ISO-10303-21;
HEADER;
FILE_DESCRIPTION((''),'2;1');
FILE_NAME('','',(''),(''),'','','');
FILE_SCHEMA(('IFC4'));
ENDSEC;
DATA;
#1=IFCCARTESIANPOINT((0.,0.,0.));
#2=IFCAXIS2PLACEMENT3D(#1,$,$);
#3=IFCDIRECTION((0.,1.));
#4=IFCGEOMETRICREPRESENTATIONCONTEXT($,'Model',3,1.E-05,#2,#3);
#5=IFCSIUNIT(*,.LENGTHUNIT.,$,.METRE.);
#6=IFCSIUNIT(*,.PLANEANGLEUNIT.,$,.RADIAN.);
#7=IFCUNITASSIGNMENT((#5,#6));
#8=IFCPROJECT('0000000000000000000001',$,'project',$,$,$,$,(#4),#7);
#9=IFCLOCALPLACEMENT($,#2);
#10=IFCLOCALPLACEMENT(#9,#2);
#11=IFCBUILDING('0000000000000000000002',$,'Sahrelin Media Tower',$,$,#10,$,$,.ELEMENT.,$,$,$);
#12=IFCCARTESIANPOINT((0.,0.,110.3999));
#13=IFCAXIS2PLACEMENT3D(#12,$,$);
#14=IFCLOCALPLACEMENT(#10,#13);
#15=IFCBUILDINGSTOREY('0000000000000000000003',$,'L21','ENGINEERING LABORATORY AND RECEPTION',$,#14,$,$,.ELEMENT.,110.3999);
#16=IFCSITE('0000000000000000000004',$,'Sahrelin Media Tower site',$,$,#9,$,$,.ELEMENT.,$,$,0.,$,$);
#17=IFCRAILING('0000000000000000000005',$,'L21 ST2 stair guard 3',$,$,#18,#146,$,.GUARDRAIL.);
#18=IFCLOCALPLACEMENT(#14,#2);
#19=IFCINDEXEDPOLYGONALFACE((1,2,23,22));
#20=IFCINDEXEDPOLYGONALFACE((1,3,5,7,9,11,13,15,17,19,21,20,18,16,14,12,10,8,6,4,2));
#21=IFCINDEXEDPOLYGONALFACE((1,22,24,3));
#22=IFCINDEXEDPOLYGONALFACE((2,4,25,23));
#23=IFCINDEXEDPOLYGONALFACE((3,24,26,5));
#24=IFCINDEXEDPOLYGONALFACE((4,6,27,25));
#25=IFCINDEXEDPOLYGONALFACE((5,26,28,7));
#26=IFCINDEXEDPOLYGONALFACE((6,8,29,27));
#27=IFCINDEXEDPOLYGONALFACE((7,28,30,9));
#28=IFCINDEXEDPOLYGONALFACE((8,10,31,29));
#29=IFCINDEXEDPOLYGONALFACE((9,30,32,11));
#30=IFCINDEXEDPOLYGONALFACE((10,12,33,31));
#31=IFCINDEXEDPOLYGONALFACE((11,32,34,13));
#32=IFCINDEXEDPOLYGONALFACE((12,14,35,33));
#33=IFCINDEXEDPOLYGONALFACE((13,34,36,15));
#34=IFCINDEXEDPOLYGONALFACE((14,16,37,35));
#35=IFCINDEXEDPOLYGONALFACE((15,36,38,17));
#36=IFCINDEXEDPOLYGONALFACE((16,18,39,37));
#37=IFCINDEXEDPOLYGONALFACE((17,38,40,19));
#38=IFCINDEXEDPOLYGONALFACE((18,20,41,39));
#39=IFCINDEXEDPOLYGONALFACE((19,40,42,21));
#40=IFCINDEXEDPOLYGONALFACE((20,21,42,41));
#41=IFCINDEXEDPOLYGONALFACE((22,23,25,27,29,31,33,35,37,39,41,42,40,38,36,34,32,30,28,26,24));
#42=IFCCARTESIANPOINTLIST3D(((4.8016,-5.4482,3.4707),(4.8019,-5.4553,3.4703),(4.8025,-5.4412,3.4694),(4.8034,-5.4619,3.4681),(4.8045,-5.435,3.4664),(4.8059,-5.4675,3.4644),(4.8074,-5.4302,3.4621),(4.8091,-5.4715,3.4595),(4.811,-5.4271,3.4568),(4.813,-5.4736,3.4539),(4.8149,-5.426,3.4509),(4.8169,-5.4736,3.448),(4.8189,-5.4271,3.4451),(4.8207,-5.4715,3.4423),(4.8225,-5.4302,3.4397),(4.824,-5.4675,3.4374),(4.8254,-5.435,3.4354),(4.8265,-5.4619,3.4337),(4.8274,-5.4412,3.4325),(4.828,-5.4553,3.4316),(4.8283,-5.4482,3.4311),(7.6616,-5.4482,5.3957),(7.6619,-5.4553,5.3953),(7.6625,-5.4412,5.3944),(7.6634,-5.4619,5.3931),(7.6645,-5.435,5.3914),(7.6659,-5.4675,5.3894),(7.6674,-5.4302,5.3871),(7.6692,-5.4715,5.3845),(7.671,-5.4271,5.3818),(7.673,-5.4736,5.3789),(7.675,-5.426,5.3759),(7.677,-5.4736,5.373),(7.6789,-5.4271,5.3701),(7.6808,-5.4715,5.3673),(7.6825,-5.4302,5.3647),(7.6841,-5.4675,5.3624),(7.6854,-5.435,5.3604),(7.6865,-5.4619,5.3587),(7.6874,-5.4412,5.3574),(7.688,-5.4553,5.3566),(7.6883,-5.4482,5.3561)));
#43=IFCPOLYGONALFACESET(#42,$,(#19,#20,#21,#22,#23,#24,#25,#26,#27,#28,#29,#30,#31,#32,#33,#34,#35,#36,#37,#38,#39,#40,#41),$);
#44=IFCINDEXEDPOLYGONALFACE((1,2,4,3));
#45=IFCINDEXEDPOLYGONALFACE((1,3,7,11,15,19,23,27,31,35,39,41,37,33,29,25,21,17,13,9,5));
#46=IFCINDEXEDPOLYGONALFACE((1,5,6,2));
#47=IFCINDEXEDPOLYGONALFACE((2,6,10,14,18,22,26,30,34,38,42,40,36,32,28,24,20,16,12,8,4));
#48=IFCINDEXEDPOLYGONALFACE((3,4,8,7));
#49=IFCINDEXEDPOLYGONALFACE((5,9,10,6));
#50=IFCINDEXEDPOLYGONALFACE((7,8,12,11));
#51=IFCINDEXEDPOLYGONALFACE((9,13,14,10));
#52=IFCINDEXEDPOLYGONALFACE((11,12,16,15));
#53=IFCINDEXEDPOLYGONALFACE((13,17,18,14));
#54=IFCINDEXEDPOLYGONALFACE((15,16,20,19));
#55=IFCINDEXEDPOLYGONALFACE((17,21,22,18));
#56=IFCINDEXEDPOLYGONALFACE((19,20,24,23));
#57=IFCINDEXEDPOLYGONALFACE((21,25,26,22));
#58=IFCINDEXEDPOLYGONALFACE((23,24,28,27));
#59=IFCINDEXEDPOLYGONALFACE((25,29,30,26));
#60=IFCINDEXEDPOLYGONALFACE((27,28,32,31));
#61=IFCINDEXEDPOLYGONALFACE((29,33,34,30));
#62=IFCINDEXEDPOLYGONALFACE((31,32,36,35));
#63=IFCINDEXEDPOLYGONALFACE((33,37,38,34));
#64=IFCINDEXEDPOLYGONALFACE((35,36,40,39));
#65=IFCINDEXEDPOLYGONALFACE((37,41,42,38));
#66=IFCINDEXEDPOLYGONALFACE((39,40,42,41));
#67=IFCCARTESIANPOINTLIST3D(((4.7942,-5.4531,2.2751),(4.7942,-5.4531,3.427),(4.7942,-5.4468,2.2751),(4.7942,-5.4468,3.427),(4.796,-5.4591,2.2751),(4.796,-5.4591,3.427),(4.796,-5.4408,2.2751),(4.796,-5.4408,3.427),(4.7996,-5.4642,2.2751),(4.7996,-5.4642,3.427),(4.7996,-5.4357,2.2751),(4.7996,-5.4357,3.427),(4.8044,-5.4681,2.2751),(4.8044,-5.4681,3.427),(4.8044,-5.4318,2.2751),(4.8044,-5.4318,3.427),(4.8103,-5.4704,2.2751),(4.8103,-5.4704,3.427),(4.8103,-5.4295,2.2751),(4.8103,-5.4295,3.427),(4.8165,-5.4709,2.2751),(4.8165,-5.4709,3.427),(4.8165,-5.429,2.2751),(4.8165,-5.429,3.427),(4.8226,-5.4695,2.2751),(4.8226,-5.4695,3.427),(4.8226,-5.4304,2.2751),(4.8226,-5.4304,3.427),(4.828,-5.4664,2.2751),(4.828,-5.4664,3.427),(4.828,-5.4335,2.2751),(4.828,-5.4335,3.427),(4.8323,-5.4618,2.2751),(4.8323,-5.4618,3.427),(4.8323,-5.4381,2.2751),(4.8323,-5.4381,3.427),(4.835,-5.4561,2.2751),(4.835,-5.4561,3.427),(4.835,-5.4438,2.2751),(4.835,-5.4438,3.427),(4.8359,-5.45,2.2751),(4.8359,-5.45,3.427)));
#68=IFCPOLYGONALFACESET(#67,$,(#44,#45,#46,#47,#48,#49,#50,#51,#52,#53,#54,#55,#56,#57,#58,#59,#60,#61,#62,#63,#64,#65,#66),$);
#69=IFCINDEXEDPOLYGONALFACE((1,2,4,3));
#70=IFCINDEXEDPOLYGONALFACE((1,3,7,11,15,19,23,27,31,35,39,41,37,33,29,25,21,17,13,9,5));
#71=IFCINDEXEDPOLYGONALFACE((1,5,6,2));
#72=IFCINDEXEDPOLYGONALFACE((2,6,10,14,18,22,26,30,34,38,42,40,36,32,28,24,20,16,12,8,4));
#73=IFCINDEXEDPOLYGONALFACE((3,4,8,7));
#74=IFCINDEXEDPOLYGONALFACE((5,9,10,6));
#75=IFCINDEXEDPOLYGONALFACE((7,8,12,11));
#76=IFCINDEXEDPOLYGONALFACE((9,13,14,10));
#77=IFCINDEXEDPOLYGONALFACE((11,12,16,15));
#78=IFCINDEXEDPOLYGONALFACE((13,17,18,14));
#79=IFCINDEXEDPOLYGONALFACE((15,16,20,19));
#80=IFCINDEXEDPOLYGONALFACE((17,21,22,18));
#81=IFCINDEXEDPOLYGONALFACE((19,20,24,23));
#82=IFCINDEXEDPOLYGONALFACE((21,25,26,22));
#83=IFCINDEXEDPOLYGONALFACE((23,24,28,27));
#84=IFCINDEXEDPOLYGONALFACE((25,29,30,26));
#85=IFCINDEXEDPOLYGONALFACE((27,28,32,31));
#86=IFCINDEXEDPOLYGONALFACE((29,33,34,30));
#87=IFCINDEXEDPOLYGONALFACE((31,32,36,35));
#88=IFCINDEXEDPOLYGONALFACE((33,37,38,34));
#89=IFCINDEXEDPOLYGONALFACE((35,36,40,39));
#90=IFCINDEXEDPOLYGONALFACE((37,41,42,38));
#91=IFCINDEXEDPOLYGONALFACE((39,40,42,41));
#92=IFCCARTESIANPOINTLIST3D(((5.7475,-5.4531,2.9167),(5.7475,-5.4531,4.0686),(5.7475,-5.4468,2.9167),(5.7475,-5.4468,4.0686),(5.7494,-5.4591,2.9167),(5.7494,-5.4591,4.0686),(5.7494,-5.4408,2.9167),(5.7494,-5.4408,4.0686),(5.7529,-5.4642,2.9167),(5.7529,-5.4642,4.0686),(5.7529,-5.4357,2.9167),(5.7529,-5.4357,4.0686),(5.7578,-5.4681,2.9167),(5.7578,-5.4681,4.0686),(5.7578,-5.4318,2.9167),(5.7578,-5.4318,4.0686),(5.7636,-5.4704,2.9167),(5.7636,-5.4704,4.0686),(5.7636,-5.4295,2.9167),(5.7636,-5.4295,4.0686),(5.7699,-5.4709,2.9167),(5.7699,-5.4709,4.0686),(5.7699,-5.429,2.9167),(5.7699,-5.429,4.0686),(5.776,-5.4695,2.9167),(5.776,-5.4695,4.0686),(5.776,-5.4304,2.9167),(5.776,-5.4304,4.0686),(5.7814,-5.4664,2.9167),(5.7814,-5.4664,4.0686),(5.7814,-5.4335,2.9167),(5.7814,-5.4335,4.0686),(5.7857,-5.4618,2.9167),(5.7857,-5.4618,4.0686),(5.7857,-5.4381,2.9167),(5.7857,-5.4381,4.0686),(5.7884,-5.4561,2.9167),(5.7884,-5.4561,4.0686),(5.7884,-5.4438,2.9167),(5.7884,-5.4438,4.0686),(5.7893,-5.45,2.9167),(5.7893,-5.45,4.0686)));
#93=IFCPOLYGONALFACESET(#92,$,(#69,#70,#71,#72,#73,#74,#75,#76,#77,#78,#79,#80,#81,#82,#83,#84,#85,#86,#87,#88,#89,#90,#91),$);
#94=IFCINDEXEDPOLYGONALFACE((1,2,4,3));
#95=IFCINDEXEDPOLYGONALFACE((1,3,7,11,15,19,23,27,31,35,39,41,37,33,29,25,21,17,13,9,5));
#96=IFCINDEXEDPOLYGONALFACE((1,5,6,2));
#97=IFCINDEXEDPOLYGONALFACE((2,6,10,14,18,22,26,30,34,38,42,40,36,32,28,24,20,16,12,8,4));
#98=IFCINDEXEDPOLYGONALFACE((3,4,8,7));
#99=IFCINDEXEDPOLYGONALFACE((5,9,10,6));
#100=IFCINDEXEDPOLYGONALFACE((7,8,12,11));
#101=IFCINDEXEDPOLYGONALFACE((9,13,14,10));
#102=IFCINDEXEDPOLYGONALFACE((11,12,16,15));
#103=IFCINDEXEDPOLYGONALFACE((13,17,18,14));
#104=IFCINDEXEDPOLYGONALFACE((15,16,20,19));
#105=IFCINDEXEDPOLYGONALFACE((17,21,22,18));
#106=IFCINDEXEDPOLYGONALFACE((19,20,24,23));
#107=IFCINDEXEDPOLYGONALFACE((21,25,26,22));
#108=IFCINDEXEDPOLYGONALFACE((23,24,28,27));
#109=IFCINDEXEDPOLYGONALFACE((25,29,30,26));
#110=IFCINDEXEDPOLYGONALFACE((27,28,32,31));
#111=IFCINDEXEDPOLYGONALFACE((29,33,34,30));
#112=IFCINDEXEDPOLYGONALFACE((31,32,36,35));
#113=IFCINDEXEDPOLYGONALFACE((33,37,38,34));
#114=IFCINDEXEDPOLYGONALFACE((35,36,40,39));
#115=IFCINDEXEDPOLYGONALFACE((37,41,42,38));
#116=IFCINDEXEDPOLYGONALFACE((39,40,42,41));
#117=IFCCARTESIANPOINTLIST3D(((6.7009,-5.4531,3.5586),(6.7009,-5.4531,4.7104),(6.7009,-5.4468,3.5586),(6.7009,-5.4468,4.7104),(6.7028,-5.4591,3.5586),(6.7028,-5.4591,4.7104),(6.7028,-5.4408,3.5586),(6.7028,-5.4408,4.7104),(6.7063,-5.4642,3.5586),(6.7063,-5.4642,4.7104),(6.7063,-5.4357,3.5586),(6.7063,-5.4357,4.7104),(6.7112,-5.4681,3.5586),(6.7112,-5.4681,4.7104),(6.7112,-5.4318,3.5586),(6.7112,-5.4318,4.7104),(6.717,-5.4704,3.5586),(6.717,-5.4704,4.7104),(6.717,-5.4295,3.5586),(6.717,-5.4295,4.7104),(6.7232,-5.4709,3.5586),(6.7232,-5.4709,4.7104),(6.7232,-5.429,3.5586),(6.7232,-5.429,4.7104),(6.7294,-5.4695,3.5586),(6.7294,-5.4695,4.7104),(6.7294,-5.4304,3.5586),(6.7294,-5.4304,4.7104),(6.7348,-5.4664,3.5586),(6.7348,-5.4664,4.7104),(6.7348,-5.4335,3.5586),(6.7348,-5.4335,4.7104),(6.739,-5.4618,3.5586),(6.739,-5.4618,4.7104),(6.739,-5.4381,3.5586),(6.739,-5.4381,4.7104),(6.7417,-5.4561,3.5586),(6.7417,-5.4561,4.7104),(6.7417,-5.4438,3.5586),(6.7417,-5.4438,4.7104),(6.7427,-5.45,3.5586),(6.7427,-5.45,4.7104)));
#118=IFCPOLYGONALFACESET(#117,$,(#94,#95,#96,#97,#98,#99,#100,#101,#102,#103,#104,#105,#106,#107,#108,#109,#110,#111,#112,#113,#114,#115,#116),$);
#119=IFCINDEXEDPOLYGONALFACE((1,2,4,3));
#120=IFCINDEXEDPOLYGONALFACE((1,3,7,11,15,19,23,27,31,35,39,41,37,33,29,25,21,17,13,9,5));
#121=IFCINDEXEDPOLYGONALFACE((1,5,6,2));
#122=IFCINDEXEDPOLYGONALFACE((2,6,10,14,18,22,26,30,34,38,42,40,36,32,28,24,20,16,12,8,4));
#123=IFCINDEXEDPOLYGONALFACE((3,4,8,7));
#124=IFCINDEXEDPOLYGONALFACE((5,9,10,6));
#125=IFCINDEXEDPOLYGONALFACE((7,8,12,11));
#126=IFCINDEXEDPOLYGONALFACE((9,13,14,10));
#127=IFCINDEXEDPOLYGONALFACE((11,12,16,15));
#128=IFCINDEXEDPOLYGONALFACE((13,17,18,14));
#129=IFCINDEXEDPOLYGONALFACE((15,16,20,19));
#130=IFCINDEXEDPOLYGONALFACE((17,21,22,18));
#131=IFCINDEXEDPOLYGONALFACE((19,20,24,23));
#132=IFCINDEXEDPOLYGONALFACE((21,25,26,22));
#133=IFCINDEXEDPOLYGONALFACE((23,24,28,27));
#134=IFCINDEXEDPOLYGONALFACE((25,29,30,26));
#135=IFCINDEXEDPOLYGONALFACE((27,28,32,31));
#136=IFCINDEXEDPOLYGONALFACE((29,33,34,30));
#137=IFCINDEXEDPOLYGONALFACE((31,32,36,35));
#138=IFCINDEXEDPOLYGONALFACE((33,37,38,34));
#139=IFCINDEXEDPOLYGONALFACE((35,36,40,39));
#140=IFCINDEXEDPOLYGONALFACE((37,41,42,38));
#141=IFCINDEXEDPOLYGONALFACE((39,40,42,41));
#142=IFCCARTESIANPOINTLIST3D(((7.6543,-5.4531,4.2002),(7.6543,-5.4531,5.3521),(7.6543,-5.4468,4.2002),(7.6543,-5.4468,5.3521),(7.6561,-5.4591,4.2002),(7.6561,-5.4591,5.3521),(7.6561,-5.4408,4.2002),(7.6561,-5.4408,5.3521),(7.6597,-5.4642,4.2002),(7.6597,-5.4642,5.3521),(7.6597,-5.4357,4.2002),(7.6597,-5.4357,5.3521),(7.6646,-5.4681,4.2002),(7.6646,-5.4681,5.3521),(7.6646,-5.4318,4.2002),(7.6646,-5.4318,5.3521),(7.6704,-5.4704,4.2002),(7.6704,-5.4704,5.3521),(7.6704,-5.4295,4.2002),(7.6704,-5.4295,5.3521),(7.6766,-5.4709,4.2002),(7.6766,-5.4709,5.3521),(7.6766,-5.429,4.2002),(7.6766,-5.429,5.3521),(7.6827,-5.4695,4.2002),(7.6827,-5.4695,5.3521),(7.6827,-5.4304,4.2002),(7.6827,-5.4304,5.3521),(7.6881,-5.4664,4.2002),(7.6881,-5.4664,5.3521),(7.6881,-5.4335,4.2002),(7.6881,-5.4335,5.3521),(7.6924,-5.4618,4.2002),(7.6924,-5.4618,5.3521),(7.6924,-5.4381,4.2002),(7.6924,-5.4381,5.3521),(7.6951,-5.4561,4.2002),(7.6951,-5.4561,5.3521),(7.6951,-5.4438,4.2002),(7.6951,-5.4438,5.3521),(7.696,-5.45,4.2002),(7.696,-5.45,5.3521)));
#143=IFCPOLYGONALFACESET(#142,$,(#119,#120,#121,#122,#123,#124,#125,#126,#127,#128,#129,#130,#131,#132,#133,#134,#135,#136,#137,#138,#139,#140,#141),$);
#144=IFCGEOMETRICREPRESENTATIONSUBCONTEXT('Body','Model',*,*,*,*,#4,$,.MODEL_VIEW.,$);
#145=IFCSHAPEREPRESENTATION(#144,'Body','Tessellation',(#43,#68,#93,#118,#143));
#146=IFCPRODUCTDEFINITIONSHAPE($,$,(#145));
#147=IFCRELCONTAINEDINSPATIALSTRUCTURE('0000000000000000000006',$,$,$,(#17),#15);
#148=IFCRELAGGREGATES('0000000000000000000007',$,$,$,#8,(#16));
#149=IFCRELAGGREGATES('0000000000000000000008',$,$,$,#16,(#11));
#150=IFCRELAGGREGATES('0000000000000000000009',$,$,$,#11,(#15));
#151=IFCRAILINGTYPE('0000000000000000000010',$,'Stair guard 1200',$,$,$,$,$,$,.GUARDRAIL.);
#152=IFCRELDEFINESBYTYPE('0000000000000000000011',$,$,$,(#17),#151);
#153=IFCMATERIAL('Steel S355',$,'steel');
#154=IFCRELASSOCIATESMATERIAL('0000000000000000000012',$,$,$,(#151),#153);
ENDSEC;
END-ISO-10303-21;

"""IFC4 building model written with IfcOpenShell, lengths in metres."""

from ifc_helpers import new_model, si_unit, direction, frame, origin, origin_2d, place, context, subcontext, project, spatial, circle, extrude, material, type_object, element, save


model = new_model("IFC4")

# Units and contexts
model_context = context("Model", 3, precision=1e-05, world=origin(), true_north=direction((0.0, 1.0)))
body_context = subcontext(model_context, "Body", "Model", "MODEL_VIEW")
ifc_project = project(units=[si_unit("LENGTHUNIT", "METRE"), si_unit("PLANEANGLEUNIT", "RADIAN")], contexts=[model_context])

# Site, building, storey
site_placement = place(None, origin())
site = spatial("IfcSite", under=ifc_project, at=site_placement, Name="Sahrelin Media Tower site", CompositionType="ELEMENT", RefElevation=0.0)
building_placement = place(site_placement, origin())
building = spatial("IfcBuilding", under=site, at=building_placement, Name="Sahrelin Media Tower", CompositionType="ELEMENT")
storey_placement = place(building_placement, frame((0.0, 0.0, 110.3999)))
storey = spatial("IfcBuildingStorey", under=building, at=storey_placement, Name="L21", Description="ENGINEERING LABORATORY AND RECEPTION", CompositionType="ELEMENT", Elevation=110.3999)

# Shared definitions
ifc_material_1 = material(Name="Steel S355", Category="steel")

# Railing
railing_type_1 = type_object("IfcRailingType", Name="Stair guard 1200", PredefinedType="GUARDRAIL", material=ifc_material_1)
railing_1_placement = place(storey_placement, frame((4.8149, -5.45, 2.2751)))
element("IfcRailing", 1, at=railing_1_placement, inside=storey, type_object=railing_type_1, Name="L21 ST2 stair guard 3", PredefinedType="GUARDRAIL", context=body_context, shape_type="SweptSolid", body=[
    extrude(circle(Radius=0.0239, at=origin_2d()), frame((0.0, 0.0, 1.1758), z_axis=(0.829591, 0.0, 0.558372), x_axis=(0.0, 1.0, 0.0)), (0.0, 0.0, 1.0), 3.4475),
    extrude(circle(Radius=0.021, at=origin_2d()), origin(), (0.0, 0.0, 1.0), 1.1519),
    extrude(circle(Radius=0.021, at=origin_2d()), frame((0.9534, 0.0, 0.6416)), (0.0, 0.0, 1.0), 1.1519),
    extrude(circle(Radius=0.021, at=origin_2d()), frame((1.9067, 0.0, 1.2834)), (0.0, 0.0, 1.0), 1.1519),
    extrude(circle(Radius=0.021, at=origin_2d()), frame((2.8601, 0.0, 1.925)), (0.0, 0.0, 1.0), 1.1519),
])

save(model, "model.ifc")
